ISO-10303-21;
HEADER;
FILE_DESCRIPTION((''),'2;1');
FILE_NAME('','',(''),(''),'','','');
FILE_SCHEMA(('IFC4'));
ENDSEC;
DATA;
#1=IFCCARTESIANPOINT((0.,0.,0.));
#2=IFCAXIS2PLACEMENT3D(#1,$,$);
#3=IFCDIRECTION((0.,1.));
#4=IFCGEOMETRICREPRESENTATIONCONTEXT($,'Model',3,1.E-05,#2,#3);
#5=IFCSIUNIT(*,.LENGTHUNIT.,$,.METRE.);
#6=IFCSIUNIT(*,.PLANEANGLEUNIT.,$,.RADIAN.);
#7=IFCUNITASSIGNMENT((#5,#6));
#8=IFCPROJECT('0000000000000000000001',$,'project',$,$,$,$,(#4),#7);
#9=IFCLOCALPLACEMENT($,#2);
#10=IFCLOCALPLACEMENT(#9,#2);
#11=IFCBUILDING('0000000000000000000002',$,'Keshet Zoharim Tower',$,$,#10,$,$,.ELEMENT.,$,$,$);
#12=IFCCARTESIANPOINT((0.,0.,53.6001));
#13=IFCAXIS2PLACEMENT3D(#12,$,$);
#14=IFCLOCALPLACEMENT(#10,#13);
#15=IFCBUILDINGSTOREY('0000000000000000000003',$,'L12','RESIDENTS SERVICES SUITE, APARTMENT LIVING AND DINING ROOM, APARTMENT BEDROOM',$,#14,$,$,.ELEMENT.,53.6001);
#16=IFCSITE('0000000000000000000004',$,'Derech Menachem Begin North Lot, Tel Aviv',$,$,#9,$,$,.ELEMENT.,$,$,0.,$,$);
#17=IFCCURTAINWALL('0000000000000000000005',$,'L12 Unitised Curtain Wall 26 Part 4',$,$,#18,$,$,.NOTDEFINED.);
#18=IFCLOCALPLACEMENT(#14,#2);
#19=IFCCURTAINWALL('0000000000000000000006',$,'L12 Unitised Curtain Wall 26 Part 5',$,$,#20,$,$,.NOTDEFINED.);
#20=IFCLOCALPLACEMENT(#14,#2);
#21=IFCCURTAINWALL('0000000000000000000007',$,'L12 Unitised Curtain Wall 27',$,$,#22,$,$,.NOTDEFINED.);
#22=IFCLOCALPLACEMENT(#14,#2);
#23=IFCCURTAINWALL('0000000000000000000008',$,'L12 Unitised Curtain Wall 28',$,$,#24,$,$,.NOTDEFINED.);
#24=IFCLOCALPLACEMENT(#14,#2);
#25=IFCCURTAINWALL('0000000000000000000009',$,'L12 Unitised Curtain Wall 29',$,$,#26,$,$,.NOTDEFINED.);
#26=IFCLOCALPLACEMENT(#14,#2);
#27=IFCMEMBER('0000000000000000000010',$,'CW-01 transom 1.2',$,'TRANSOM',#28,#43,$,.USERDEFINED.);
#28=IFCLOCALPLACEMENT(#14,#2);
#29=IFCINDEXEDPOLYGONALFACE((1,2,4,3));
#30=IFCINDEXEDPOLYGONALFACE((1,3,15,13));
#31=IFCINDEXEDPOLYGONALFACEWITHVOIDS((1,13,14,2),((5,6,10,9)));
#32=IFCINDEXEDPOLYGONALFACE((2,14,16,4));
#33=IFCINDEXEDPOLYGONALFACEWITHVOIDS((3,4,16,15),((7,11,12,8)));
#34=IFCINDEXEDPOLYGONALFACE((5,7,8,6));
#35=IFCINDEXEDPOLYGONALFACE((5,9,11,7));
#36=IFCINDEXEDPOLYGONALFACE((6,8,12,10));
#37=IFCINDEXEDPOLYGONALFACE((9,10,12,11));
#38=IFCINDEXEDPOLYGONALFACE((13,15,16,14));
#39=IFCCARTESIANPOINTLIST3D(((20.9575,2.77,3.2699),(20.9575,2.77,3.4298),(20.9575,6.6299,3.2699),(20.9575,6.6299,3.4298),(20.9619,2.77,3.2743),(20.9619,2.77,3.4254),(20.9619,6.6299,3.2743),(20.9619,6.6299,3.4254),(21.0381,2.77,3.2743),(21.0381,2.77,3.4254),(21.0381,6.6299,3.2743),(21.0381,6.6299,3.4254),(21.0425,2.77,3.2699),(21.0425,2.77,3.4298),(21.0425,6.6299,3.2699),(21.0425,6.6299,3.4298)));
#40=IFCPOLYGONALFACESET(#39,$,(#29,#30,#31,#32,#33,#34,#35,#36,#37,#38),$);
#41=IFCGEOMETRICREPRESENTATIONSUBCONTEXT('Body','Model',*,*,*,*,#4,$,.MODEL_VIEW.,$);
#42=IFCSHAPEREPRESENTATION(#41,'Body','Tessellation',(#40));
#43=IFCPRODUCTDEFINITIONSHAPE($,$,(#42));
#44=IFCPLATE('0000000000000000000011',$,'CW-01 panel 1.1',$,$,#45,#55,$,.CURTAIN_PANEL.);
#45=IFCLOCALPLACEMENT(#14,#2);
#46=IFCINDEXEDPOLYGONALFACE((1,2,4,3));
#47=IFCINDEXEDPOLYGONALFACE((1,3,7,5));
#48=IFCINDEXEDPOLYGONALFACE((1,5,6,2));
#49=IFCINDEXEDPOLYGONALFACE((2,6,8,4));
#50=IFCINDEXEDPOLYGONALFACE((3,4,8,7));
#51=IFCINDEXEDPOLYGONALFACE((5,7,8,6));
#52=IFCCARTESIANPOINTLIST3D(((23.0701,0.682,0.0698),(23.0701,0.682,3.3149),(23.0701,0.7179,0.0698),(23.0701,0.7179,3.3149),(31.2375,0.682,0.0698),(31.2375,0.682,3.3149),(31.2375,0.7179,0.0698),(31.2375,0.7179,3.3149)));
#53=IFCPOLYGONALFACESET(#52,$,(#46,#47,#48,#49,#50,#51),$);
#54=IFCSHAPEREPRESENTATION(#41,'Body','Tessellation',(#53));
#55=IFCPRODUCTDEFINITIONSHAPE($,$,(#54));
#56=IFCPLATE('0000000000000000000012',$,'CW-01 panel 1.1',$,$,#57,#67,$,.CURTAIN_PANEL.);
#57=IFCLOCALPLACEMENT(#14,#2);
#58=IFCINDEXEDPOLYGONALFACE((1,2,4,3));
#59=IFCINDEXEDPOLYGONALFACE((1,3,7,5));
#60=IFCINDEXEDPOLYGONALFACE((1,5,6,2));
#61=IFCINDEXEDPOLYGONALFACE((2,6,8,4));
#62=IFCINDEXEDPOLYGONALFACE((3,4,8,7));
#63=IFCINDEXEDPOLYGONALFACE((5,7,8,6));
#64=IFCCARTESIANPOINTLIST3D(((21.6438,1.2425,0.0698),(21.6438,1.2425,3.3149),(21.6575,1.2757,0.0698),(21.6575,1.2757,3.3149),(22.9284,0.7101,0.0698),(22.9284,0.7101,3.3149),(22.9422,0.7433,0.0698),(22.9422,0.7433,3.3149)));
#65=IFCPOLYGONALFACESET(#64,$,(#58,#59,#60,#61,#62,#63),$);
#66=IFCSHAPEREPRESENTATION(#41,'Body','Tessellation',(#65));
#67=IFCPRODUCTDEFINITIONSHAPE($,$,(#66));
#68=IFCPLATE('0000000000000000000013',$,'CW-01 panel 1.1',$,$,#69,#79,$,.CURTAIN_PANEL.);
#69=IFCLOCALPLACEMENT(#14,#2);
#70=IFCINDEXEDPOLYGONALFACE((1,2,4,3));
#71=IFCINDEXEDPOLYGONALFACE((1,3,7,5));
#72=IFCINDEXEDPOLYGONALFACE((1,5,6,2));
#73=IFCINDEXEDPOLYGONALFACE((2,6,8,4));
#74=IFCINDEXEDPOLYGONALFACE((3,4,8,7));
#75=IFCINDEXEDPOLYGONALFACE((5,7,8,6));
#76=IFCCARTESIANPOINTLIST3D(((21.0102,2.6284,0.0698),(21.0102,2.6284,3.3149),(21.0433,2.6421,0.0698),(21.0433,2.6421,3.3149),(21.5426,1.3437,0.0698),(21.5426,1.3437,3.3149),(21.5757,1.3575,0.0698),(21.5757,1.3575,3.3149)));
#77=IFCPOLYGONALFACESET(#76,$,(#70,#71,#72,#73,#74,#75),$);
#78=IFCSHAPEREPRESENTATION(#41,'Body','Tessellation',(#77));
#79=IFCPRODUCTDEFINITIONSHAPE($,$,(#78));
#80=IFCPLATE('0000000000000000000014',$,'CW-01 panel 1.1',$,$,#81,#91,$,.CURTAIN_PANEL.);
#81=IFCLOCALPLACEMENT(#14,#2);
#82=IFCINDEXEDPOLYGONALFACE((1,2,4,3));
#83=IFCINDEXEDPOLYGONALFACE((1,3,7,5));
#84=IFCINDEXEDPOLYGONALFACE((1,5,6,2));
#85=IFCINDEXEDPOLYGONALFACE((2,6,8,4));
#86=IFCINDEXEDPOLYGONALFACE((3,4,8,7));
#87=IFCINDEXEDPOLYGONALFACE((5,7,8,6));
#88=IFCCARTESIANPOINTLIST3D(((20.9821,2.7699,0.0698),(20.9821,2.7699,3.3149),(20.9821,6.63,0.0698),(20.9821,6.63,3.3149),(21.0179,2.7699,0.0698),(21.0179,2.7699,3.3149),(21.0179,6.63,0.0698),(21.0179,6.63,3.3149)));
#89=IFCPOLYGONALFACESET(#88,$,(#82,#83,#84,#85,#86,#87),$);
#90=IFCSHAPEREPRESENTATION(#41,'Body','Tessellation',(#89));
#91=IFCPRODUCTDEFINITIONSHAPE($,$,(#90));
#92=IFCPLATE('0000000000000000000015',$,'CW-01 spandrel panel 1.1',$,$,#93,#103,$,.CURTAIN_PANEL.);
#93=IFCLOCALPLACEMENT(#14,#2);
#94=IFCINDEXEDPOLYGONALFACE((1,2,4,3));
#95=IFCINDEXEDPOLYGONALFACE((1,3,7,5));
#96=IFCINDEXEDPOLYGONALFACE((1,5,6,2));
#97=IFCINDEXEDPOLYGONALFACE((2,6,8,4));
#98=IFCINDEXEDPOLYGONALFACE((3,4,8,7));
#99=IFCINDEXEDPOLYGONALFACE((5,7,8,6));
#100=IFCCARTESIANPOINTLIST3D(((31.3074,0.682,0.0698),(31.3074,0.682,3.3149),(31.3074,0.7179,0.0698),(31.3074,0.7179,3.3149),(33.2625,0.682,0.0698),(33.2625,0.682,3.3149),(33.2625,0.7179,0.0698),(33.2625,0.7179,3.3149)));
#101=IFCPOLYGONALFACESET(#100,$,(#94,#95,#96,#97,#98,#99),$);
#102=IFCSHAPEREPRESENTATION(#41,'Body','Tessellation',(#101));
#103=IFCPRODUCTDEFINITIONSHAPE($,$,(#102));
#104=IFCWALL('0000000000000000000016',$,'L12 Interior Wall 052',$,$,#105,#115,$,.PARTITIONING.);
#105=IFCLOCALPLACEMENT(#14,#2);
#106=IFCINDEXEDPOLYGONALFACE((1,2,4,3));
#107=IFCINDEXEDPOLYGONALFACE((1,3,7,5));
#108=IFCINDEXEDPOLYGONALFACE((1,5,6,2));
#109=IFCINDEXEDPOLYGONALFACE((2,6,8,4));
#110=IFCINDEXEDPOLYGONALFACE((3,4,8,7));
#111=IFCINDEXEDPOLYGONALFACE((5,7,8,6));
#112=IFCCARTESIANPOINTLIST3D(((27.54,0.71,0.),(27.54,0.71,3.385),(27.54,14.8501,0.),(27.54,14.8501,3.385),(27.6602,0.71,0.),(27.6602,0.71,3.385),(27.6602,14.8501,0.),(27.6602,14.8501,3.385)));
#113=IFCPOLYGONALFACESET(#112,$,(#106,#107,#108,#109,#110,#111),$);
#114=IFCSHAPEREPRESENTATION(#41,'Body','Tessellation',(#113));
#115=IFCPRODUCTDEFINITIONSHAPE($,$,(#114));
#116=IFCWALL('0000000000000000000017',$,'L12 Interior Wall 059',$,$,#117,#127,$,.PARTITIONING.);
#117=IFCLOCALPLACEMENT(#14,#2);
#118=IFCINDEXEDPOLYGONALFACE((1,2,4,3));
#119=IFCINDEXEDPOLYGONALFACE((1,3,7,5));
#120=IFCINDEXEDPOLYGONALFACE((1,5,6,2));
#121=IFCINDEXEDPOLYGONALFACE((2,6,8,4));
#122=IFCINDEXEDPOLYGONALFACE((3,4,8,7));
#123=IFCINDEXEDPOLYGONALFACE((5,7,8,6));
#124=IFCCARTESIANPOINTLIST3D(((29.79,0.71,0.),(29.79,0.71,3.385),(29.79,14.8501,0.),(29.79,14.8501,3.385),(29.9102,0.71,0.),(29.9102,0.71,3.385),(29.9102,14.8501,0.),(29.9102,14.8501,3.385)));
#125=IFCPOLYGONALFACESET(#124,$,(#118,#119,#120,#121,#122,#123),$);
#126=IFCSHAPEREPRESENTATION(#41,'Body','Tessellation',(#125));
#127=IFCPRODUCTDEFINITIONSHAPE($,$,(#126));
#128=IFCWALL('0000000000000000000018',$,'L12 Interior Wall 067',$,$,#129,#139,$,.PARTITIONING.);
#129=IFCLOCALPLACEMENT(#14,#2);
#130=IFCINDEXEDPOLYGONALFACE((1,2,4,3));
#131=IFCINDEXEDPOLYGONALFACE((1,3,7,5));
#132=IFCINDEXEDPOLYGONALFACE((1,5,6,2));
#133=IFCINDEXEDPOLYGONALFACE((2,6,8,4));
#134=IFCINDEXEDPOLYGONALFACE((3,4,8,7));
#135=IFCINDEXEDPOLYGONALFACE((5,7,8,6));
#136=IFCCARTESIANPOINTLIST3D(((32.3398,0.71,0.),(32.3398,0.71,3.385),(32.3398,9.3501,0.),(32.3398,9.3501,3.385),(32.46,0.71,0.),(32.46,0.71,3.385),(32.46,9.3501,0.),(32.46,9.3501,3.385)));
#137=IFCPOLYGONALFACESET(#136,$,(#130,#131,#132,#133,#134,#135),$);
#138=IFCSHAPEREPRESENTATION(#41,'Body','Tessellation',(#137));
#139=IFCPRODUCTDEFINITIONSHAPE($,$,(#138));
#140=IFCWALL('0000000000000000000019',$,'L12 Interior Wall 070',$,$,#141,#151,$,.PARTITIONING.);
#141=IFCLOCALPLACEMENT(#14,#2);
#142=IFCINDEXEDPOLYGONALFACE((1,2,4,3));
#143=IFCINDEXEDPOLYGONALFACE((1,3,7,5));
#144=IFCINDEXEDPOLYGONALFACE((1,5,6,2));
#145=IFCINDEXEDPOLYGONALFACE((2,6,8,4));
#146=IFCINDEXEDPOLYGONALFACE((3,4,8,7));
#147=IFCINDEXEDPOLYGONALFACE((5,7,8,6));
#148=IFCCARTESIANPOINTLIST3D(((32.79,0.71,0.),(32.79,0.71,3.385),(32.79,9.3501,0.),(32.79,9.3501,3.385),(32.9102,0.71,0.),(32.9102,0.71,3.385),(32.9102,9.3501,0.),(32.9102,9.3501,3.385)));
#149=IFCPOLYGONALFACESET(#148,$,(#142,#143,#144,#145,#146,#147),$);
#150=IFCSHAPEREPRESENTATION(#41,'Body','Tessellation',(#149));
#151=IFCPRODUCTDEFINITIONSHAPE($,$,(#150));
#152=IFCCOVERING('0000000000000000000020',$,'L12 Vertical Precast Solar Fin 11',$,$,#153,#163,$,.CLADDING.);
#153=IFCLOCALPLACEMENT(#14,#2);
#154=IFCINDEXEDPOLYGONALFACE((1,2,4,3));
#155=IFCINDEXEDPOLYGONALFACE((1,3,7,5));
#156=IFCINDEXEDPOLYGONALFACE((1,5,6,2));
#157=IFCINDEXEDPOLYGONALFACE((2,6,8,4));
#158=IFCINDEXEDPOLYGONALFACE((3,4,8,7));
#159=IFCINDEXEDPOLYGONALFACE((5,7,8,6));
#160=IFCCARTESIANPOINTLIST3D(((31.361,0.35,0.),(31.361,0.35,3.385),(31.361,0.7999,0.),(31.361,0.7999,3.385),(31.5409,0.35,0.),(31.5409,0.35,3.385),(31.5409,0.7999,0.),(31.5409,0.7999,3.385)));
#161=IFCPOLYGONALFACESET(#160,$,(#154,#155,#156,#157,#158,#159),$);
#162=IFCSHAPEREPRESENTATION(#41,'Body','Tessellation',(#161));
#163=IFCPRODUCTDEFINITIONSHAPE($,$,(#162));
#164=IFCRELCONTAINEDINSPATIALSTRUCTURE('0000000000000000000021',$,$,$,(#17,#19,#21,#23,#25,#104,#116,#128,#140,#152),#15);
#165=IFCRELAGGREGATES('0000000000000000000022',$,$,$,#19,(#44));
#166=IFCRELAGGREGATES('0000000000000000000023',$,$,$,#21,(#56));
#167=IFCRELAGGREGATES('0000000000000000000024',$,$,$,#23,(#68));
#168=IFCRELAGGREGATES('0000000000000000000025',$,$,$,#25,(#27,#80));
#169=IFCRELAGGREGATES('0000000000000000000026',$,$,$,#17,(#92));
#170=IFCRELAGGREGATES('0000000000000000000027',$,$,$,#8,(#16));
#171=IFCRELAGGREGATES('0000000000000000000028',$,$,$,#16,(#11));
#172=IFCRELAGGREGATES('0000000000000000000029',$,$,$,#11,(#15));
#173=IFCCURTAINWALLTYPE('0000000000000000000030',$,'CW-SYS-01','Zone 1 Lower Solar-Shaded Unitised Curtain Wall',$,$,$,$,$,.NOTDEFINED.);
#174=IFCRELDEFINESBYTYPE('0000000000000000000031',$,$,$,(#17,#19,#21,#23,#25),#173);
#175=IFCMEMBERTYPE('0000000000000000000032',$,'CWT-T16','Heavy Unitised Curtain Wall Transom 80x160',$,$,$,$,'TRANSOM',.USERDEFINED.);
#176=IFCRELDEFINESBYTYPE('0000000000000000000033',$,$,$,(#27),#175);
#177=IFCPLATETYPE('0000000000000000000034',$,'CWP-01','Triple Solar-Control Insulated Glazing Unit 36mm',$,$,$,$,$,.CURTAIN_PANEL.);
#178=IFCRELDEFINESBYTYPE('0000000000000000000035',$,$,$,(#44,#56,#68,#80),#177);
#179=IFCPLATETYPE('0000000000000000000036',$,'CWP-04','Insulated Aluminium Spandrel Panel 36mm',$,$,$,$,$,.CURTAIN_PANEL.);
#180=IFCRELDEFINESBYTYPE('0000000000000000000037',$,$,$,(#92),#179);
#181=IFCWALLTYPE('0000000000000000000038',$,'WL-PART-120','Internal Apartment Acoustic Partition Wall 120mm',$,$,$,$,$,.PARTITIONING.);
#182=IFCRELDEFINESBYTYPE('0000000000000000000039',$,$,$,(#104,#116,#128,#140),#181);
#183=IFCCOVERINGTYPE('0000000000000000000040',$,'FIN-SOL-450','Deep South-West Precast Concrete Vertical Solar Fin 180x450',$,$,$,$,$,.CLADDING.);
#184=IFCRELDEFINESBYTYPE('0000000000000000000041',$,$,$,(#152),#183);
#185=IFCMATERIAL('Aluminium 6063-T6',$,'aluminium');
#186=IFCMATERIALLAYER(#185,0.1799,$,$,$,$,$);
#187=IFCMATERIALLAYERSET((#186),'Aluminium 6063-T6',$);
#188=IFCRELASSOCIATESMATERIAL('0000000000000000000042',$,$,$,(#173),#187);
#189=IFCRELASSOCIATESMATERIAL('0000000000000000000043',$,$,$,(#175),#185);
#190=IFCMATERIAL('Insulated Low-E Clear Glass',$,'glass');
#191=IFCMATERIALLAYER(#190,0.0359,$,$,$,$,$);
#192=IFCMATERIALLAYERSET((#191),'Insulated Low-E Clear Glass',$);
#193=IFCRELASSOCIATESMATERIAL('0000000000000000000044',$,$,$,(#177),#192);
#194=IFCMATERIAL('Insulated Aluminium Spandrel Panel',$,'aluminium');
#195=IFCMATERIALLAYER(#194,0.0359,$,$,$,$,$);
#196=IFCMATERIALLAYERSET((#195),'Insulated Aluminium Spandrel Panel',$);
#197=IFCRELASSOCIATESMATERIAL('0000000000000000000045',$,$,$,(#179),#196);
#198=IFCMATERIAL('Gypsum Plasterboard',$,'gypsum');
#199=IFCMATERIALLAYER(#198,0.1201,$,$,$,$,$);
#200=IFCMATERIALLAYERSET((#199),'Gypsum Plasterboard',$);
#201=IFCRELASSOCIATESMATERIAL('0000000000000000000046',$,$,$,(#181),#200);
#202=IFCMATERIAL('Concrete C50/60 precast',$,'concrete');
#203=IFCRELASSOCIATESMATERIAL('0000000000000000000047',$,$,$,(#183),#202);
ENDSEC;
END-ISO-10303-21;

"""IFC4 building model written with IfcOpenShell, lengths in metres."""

from ifc_helpers import new_model, si_unit, direction, frame, frame_2d, origin, origin_2d, place, context, subcontext, project, spatial, rectangle, hollow_rectangle, extrude, material, layer, layer_set, material_profile, profile_set, type_object, element, aggregate, save


model = new_model("IFC4")

# Units and contexts
model_context = context("Model", 3, precision=1e-05, world=origin(), true_north=direction((0.0, 1.0)))
body_context = subcontext(model_context, "Body", "Model", "MODEL_VIEW")
ifc_project = project(units=[si_unit("LENGTHUNIT", "METRE"), si_unit("PLANEANGLEUNIT", "RADIAN")], contexts=[model_context])

# Site, building, storey
site_placement = place(None, origin())
site = spatial("IfcSite", under=ifc_project, at=site_placement, Name="Derech Menachem Begin North Lot, Tel Aviv", CompositionType="ELEMENT", RefElevation=0.0)
building_placement = place(site_placement, origin())
building = spatial("IfcBuilding", under=site, at=building_placement, Name="Keshet Zoharim Tower", CompositionType="ELEMENT")
storey_placement = place(building_placement, frame((0.0, 0.0, 53.6001)))
storey = spatial("IfcBuildingStorey", under=building, at=storey_placement, Name="L12", Description="RESIDENTS SERVICES SUITE, APARTMENT LIVING AND DINING ROOM, APARTMENT BEDROOM", CompositionType="ELEMENT", Elevation=53.6001)

# Curtain walls
ifc_material_1 = material(Name="Aluminium 6063-T6", Category="aluminium")
ifc_layer_1 = layer(ifc_material_1, 0.1799)
ifc_layer_set_1 = layer_set([ifc_layer_1], Name="Aluminium 6063-T6")
curtain_wall_type = type_object("IfcCurtainWallType", Name="CW-SYS-01", Description="Zone 1 Lower Solar-Shaded Unitised Curtain Wall", PredefinedType="NOTDEFINED", material=ifc_layer_set_1)
curtain_wall_1_placement = place(storey_placement, origin())
curtain_wall_1 = element("IfcCurtainWall", 1, at=curtain_wall_1_placement, inside=storey, type_object=curtain_wall_type, Name="L12 Unitised Curtain Wall 26 Part 4", PredefinedType="NOTDEFINED")
curtain_wall_2_placement = place(storey_placement, origin())
curtain_wall_2 = element("IfcCurtainWall", 2, at=curtain_wall_2_placement, inside=storey, type_object=curtain_wall_type, Name="L12 Unitised Curtain Wall 26 Part 5", PredefinedType="NOTDEFINED")

# Curtain walls
curtain_wall_3_placement = place(storey_placement, origin())
curtain_wall_3 = element("IfcCurtainWall", 3, at=curtain_wall_3_placement, inside=storey, type_object=curtain_wall_type, Name="L12 Unitised Curtain Wall 27", PredefinedType="NOTDEFINED")
curtain_wall_4_placement = place(storey_placement, origin())
curtain_wall_4 = element("IfcCurtainWall", 4, at=curtain_wall_4_placement, inside=storey, type_object=curtain_wall_type, Name="L12 Unitised Curtain Wall 28", PredefinedType="NOTDEFINED")

# Curtain wall
curtain_wall_5_placement = place(storey_placement, origin())
curtain_wall_5 = element("IfcCurtainWall", 5, at=curtain_wall_5_placement, inside=storey, type_object=curtain_wall_type, Name="L12 Unitised Curtain Wall 29", PredefinedType="NOTDEFINED")

# Member
ifc_material_profile_1 = material_profile(ifc_material_1, hollow_rectangle(XDim=0.085, YDim=0.1599, WallThickness=0.0044, at=origin_2d()), Name="TRN-85x160")
ifc_profile_set_1 = profile_set([ifc_material_profile_1], Name="Aluminium 6063-T6")
member_type_1 = type_object("IfcMemberType", Name="CWT-T16", Description="Heavy Unitised Curtain Wall Transom 80x160", ElementType="TRANSOM", PredefinedType="USERDEFINED", material=ifc_profile_set_1)
member_1_placement = place(storey_placement, frame((21.0, 2.77, 3.3499), z_axis=(0.0, 1.0, 0.0), x_axis=(-1.0, 0.0, 0.0)))
member_1 = element("IfcMember", 6, at=member_1_placement, type_object=member_type_1, Name="CW-01 transom 1.2", ObjectType="TRANSOM", PredefinedType="USERDEFINED", context=body_context, shape_type="SweptSolid", body=[
    extrude(hollow_rectangle(XDim=0.085, YDim=0.1599, WallThickness=0.0044, at=origin_2d()), origin(), (0.0, 0.0, 1.0), 3.8599),
])

# Plates
ifc_material_2 = material(Name="Insulated Low-E Clear Glass", Category="glass")
ifc_layer_2 = layer(ifc_material_2, 0.0359)
ifc_layer_set_2 = layer_set([ifc_layer_2], Name="Insulated Low-E Clear Glass")
plate_type_1 = type_object("IfcPlateType", Name="CWP-01", Description="Triple Solar-Control Insulated Glazing Unit 36mm", PredefinedType="CURTAIN_PANEL", material=ifc_layer_set_2)
plate_1_placement = place(storey_placement, frame((27.1538, 0.7, 0.0698), z_axis=(0.0, 0.0, 1.0), x_axis=(-1.0, 0.0, 0.0)))
plate_1 = element("IfcPlate", 7, at=plate_1_placement, type_object=plate_type_1, Name="CW-01 panel 1.1", PredefinedType="CURTAIN_PANEL", context=body_context, shape_type="SweptSolid", body=[
    extrude(rectangle(XDim=8.1675, YDim=0.0359, at=origin_2d()), origin(), (0.0, 0.0, 1.0), 3.2451),
])
aggregate(curtain_wall_2, [plate_1])
plate_2_placement = place(storey_placement, frame((22.293, 0.9929, 0.0698), z_axis=(0.0, 0.0, 1.0), x_axis=(-0.92381, 0.382852, 0.0)))
plate_2 = element("IfcPlate", 8, at=plate_2_placement, type_object=plate_type_1, Name="CW-01 panel 1.1", PredefinedType="CURTAIN_PANEL", context=body_context, shape_type="SweptSolid", body=[
    extrude(rectangle(XDim=1.3906, YDim=0.0359, at=origin_2d()), origin(), (0.0, 0.0, 1.0), 3.2451),
])
aggregate(curtain_wall_3, [plate_2])
plate_3_placement = place(storey_placement, frame((21.293, 1.9929, 0.0698), z_axis=(0.0, 0.0, 1.0), x_axis=(-0.382852, 0.92381, 0.0)))
plate_3 = element("IfcPlate", 9, at=plate_3_placement, type_object=plate_type_1, Name="CW-01 panel 1.1", PredefinedType="CURTAIN_PANEL", context=body_context, shape_type="SweptSolid", body=[
    extrude(rectangle(XDim=1.3906, YDim=0.0359, at=origin_2d()), origin(), (0.0, 0.0, 1.0), 3.2451),
])
aggregate(curtain_wall_4, [plate_3])
plate_4_placement = place(storey_placement, frame((21.0, 4.7, 0.0698), z_axis=(0.0, 0.0, 1.0), x_axis=(0.0, 1.0, 0.0)))
plate_4 = element("IfcPlate", 10, at=plate_4_placement, type_object=plate_type_1, Name="CW-01 panel 1.1", PredefinedType="CURTAIN_PANEL", context=body_context, shape_type="SweptSolid", body=[
    extrude(rectangle(XDim=3.8601, YDim=0.0359, at=origin_2d()), origin(), (0.0, 0.0, 1.0), 3.2451),
])
aggregate(curtain_wall_5, [member_1, plate_4])
ifc_material_3 = material(Name="Insulated Aluminium Spandrel Panel", Category="aluminium")
ifc_layer_3 = layer(ifc_material_3, 0.0359)
ifc_layer_set_3 = layer_set([ifc_layer_3], Name="Insulated Aluminium Spandrel Panel")
plate_type_2 = type_object("IfcPlateType", Name="CWP-04", Description="Insulated Aluminium Spandrel Panel 36mm", PredefinedType="CURTAIN_PANEL", material=ifc_layer_set_3)
plate_5_placement = place(storey_placement, frame((32.2849, 0.7, 0.0698), z_axis=(0.0, 0.0, 1.0), x_axis=(-1.0, 0.0, 0.0)))
plate_5 = element("IfcPlate", 11, at=plate_5_placement, type_object=plate_type_2, Name="CW-01 spandrel panel 1.1", PredefinedType="CURTAIN_PANEL", context=body_context, shape_type="SweptSolid", body=[
    extrude(rectangle(XDim=1.9551, YDim=0.0359, at=origin_2d()), origin(), (0.0, 0.0, 1.0), 3.2451),
])
aggregate(curtain_wall_1, [plate_5])

# Walls
ifc_material_4 = material(Name="Gypsum Plasterboard", Category="gypsum")
ifc_layer_4 = layer(ifc_material_4, 0.1201)
ifc_layer_set_4 = layer_set([ifc_layer_4], Name="Gypsum Plasterboard")
wall_type = type_object("IfcWallType", Name="WL-PART-120", Description="Internal Apartment Acoustic Partition Wall 120mm", PredefinedType="PARTITIONING", material=ifc_layer_set_4)
for number, where, z_axis, x_axis, name in (
    (12, (27.6001, 0.71, 0.0), (0.0, 0.0, 1.0), (0.0, 1.0, 0.0), "L12 Interior Wall 052"),
    (13, (29.8501, 0.71, 0.0), (0.0, 0.0, 1.0), (0.0, 1.0, 0.0), "L12 Interior Wall 059"),
):
    element("IfcWall", number, at=place(storey_placement, frame(where, z_axis=z_axis, x_axis=x_axis)), inside=storey, type_object=wall_type, Name=name, PredefinedType="PARTITIONING", context=body_context, shape_type="SweptSolid", body=[
        extrude(rectangle(XDim=14.1401, YDim=0.1201, at=frame_2d((7.0701, 0.0))), origin(), (0.0, 0.0, 1.0), 3.385),
    ])
for number, where, z_axis, x_axis, name in (
    (14, (32.3999, 0.71, 0.0), (0.0, 0.0, 1.0), (0.0, 1.0, 0.0), "L12 Interior Wall 067"),
    (15, (32.8501, 0.71, 0.0), (0.0, 0.0, 1.0), (0.0, 1.0, 0.0), "L12 Interior Wall 070"),
):
    element("IfcWall", number, at=place(storey_placement, frame(where, z_axis=z_axis, x_axis=x_axis)), inside=storey, type_object=wall_type, Name=name, PredefinedType="PARTITIONING", context=body_context, shape_type="SweptSolid", body=[
        extrude(rectangle(XDim=8.6401, YDim=0.1201, at=frame_2d((4.3201, 0.0))), origin(), (0.0, 0.0, 1.0), 3.385),
    ])

# Covering
ifc_material_5 = material(Name="Concrete C50/60 precast", Category="concrete")
covering_type = type_object("IfcCoveringType", Name="FIN-SOL-450", Description="Deep South-West Precast Concrete Vertical Solar Fin 180x450", PredefinedType="CLADDING", material=ifc_material_5)
covering_placement = place(storey_placement, frame((31.4509, 0.575, 0.0), z_axis=(0.0, 0.0, 1.0), x_axis=(-1.0, 0.0, 0.0)))
element("IfcCovering", 16, at=covering_placement, inside=storey, type_object=covering_type, Name="L12 Vertical Precast Solar Fin 11", PredefinedType="CLADDING", context=body_context, shape_type="SweptSolid", body=[
    extrude(rectangle(XDim=0.1799, YDim=0.45, at=origin_2d()), origin(), (0.0, 0.0, 1.0), 3.385),
])

save(model, "model.ifc")
